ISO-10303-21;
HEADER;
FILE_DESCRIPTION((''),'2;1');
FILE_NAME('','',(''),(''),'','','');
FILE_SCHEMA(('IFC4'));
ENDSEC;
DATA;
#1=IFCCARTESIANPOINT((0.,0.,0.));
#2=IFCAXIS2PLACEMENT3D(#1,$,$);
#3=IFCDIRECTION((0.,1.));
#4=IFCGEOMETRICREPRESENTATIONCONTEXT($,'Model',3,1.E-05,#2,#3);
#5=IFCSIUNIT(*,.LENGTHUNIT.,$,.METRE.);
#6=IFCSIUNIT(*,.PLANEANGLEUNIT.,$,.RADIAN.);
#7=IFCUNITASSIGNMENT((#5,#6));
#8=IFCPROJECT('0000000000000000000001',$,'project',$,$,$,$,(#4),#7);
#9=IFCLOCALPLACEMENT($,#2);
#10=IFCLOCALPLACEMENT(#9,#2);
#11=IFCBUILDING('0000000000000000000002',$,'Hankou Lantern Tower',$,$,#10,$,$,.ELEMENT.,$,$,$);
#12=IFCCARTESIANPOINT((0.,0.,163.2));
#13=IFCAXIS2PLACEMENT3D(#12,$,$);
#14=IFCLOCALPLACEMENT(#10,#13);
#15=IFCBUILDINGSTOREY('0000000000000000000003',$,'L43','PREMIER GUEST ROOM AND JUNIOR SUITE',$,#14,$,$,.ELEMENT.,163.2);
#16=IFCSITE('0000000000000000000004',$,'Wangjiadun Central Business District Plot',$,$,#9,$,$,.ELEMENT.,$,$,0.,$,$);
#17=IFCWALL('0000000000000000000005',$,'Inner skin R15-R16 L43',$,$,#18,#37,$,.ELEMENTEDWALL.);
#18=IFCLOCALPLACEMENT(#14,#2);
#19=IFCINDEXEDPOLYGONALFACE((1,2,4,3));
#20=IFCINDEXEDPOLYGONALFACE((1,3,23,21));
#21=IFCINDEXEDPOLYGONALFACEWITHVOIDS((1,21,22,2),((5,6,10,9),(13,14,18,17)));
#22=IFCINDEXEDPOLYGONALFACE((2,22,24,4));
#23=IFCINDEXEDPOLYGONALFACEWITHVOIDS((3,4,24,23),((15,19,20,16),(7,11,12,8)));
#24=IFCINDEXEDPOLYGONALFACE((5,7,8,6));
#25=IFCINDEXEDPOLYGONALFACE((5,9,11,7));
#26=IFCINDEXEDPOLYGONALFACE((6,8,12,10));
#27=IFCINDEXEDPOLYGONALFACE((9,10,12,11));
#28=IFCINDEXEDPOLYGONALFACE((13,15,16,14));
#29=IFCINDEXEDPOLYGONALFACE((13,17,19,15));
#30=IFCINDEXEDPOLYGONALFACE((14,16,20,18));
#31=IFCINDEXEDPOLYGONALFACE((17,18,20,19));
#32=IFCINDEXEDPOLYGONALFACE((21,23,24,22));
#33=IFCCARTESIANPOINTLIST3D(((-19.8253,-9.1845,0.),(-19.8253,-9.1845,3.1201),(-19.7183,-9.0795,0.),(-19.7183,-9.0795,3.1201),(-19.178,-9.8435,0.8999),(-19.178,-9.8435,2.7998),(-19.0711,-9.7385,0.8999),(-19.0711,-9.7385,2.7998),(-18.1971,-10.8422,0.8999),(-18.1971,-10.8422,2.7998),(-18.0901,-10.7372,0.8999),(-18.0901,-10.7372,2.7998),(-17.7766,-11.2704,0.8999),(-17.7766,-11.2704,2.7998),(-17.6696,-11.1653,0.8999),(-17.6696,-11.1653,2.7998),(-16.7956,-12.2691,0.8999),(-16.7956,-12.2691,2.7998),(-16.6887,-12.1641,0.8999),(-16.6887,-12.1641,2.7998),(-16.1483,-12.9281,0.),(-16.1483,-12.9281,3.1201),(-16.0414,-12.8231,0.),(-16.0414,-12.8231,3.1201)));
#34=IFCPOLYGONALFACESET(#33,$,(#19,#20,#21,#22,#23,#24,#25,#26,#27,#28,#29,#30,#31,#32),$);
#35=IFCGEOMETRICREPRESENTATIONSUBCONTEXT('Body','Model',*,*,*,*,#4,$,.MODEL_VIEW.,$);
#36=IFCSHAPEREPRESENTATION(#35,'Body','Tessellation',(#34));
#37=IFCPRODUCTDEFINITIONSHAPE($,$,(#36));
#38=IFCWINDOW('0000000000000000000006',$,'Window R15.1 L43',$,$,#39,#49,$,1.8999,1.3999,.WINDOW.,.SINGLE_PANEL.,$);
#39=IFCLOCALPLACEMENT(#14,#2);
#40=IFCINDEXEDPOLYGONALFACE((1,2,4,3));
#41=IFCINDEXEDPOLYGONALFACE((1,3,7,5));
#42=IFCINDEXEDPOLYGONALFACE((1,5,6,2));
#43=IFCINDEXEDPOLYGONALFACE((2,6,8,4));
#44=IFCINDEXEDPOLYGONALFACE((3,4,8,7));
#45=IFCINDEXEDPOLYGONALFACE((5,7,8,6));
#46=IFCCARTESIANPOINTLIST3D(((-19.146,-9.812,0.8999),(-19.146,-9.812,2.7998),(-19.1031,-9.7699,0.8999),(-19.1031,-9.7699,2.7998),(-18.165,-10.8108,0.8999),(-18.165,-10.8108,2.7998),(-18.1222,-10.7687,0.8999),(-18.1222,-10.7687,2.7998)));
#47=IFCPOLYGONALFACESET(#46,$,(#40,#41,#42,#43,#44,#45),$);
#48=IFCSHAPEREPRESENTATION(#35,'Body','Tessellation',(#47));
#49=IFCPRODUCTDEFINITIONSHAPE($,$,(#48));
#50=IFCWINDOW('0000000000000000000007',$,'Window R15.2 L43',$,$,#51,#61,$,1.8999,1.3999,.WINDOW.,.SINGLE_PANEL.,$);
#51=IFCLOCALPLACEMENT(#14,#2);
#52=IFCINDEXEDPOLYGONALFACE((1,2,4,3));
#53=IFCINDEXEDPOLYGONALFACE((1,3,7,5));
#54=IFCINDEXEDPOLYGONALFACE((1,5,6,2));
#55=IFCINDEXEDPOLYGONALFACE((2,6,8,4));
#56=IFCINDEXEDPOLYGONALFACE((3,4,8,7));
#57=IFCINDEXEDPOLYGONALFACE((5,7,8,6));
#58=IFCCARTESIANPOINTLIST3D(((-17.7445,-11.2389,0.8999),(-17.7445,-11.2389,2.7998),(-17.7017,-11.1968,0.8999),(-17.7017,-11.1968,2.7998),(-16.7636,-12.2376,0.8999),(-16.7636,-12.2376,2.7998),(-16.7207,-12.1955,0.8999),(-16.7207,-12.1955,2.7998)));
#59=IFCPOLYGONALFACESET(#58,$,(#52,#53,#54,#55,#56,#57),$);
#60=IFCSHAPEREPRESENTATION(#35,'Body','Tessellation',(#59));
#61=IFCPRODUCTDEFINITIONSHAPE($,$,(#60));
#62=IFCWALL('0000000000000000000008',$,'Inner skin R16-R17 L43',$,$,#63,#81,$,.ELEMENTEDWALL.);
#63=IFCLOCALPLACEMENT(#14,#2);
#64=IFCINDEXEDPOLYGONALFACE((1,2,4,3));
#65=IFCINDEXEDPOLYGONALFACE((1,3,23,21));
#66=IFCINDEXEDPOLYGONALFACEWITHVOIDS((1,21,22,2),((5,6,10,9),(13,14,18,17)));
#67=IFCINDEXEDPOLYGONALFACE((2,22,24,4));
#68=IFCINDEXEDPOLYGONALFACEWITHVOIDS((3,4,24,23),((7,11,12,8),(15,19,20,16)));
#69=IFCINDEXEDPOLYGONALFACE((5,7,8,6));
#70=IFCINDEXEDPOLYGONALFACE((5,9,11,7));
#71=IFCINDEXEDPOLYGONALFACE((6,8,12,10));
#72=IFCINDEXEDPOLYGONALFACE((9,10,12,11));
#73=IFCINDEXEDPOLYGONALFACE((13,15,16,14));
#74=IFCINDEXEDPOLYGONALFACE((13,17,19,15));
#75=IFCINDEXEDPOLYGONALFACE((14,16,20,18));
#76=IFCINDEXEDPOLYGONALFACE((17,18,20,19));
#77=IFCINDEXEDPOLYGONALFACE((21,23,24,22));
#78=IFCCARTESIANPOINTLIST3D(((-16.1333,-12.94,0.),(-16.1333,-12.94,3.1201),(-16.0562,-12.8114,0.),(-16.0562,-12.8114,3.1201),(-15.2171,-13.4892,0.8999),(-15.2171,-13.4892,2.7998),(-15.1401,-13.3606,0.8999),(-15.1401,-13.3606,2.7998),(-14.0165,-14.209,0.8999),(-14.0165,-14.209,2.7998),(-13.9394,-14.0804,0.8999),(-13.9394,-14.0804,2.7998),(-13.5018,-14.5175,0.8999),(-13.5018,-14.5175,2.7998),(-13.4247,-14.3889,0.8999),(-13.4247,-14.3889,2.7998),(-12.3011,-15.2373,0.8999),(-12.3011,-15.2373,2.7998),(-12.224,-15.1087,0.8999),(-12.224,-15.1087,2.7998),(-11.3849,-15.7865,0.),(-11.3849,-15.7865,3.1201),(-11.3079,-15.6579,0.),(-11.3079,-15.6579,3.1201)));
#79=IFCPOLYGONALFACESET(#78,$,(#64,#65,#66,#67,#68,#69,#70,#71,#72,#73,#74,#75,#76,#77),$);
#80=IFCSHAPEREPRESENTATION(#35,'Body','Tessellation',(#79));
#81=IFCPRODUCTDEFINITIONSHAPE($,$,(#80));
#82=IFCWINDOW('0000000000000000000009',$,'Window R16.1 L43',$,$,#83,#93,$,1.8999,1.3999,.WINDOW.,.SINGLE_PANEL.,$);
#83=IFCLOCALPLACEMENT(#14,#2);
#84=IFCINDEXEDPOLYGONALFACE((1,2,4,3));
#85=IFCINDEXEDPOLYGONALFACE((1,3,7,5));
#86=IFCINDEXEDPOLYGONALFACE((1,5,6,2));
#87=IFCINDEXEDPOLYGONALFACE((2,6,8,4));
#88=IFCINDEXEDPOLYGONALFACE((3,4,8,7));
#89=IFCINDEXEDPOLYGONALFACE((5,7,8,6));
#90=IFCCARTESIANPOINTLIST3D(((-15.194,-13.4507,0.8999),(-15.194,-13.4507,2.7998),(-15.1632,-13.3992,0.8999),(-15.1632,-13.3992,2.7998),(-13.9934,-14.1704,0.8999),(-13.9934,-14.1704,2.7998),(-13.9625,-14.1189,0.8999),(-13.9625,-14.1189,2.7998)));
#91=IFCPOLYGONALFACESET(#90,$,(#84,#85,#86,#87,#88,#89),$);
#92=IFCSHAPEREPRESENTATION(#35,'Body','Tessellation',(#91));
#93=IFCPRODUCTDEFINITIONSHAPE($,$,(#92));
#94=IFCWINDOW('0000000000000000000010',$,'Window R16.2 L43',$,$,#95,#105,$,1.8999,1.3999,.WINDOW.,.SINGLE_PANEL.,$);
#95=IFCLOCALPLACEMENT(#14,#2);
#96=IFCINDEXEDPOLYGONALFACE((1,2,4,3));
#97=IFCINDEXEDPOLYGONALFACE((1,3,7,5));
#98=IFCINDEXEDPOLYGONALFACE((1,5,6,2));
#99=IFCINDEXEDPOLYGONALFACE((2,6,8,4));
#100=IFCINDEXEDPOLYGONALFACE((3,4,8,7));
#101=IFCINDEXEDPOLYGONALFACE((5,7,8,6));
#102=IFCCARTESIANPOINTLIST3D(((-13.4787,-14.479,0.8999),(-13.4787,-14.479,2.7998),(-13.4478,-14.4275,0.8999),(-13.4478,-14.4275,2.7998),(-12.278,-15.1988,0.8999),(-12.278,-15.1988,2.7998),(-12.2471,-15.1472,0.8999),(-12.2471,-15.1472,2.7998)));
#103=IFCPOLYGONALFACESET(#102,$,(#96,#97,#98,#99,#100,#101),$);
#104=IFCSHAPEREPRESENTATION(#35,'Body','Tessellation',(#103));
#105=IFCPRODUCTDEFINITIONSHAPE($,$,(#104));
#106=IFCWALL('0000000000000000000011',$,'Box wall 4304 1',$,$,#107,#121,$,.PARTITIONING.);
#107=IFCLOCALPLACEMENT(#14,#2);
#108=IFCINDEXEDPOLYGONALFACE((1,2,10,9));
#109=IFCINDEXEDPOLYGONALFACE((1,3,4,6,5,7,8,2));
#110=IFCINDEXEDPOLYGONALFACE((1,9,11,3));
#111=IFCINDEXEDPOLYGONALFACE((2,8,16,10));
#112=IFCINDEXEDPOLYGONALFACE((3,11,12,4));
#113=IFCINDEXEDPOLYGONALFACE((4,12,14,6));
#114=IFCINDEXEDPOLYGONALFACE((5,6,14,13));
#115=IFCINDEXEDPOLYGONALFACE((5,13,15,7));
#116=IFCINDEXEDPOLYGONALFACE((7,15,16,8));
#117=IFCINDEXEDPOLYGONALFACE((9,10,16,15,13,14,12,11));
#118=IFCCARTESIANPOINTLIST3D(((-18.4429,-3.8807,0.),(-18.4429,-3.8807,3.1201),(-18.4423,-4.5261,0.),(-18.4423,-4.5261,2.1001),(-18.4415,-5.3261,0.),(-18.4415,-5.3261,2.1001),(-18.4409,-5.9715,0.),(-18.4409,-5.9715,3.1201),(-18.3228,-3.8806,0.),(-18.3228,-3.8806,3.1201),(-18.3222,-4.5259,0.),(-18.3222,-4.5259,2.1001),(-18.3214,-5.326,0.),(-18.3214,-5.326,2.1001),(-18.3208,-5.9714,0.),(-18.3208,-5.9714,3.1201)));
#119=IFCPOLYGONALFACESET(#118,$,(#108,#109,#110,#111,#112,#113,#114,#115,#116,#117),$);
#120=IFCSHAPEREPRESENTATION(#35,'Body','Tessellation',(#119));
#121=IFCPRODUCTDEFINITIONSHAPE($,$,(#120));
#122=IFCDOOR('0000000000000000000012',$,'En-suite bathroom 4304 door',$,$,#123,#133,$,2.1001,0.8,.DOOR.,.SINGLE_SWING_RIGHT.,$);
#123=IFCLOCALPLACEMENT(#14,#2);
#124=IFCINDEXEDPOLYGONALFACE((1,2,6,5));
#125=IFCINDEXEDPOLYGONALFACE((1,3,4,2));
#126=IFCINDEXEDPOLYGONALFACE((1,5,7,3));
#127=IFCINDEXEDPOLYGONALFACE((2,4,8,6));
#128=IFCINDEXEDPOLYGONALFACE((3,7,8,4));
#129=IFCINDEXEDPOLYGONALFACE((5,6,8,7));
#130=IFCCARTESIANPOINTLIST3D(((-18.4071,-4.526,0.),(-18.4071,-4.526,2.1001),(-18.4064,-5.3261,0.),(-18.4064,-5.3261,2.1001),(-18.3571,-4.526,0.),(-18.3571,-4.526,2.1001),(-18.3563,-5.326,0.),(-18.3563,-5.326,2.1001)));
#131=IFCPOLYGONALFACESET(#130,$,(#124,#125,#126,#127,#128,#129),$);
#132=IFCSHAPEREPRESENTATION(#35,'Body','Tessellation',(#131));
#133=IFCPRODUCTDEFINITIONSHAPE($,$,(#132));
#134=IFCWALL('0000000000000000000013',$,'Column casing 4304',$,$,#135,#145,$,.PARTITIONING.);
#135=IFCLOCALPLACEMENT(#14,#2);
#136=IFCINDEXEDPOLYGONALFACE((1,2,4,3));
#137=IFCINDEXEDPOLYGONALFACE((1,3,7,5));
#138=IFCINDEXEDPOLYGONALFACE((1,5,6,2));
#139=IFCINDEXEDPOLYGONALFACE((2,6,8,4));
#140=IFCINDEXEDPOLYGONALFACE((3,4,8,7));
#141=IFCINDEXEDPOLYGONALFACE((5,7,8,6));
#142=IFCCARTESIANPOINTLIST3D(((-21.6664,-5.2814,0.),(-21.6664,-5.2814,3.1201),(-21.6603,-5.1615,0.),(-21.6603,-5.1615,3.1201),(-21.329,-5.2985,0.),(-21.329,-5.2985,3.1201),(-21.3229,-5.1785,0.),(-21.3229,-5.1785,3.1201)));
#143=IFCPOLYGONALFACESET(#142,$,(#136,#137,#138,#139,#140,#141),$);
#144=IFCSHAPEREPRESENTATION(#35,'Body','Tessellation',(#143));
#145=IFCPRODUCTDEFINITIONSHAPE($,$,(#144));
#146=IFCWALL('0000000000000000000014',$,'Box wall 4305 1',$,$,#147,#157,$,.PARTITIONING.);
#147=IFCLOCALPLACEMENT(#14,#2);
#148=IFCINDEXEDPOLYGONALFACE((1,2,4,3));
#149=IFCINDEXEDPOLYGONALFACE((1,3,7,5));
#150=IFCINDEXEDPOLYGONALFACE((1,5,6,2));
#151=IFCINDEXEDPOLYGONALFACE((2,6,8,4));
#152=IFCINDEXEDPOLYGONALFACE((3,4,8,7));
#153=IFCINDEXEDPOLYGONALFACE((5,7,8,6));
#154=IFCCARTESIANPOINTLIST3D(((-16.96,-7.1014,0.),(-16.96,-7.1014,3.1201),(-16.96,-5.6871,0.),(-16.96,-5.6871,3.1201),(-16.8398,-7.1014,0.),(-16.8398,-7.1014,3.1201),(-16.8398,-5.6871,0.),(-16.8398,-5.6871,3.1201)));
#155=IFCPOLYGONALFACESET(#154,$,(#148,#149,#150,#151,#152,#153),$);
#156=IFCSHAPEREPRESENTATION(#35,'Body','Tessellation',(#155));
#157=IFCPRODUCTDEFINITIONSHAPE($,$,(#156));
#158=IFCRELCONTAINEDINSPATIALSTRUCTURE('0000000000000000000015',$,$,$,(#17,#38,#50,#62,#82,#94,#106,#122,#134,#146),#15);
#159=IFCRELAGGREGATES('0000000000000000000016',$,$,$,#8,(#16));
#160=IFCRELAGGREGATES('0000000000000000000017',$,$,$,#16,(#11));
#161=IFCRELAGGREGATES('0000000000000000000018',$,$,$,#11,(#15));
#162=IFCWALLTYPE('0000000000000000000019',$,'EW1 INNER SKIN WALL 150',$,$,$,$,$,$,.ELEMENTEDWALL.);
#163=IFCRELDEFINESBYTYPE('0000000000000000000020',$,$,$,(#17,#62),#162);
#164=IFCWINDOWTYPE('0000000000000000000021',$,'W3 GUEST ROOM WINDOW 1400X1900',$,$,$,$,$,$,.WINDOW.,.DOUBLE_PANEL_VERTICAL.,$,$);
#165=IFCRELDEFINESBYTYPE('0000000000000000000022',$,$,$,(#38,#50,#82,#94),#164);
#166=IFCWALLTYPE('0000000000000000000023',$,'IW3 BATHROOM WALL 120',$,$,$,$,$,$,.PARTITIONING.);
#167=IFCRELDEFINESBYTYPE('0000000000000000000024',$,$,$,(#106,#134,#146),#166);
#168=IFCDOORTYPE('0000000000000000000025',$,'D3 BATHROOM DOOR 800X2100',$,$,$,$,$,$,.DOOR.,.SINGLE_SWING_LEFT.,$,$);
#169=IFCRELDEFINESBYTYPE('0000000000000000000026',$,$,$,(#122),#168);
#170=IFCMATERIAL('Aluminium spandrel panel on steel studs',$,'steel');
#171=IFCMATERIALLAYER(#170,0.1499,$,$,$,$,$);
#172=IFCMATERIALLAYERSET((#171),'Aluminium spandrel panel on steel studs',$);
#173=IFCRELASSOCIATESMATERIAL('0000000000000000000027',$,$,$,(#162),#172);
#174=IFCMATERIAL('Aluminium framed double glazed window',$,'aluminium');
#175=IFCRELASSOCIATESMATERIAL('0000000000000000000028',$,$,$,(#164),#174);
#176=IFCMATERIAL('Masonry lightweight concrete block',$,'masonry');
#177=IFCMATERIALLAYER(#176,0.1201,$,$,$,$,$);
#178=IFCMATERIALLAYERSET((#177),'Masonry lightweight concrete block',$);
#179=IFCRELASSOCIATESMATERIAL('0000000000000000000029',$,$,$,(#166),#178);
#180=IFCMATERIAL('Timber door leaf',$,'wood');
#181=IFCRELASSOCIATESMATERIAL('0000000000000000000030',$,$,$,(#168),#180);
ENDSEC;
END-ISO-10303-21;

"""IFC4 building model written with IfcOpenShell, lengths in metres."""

from ifc_helpers import new_model, si_unit, direction, frame, frame_2d, origin, place, context, subcontext, project, spatial, rectangle, extrude, material, layer, layer_set, type_object, element, fill, save


model = new_model("IFC4")

# Units and contexts
model_context = context("Model", 3, precision=1e-05, world=origin(), true_north=direction((0.0, 1.0)))
body_context = subcontext(model_context, "Body", "Model", "MODEL_VIEW")
ifc_project = project(units=[si_unit("LENGTHUNIT", "METRE"), si_unit("PLANEANGLEUNIT", "RADIAN")], contexts=[model_context])

# Site, building, storey
site_placement = place(None, origin())
site = spatial("IfcSite", under=ifc_project, at=site_placement, Name="Wangjiadun Central Business District Plot", CompositionType="ELEMENT", RefElevation=0.0)
building_placement = place(site_placement, origin())
building = spatial("IfcBuilding", under=site, at=building_placement, Name="Hankou Lantern Tower", CompositionType="ELEMENT")
storey_placement = place(building_placement, frame((0.0, 0.0, 163.2)))
storey = spatial("IfcBuildingStorey", under=building, at=storey_placement, Name="L43", Description="PREMIER GUEST ROOM AND JUNIOR SUITE", CompositionType="ELEMENT", Elevation=163.2)

# Walls, openings, windows
ifc_material_1 = material(Name="Aluminium spandrel panel on steel studs", Category="steel")
ifc_layer_1 = layer(ifc_material_1, 0.1499)
ifc_layer_set_1 = layer_set([ifc_layer_1], Name="Aluminium spandrel panel on steel studs")
wall_type_1 = type_object("IfcWallType", Name="EW1 INNER SKIN WALL 150", PredefinedType="ELEMENTEDWALL", material=ifc_layer_set_1)
wall_1_placement = place(storey_placement, frame((-19.7717, -9.1321, 0.0), z_axis=(0.0, 0.0, 1.0), x_axis=(0.700727, -0.713429, 0.0)))
wall_1 = element("IfcWall", 1, at=wall_1_placement, inside=storey, type_object=wall_type_1, Name="Inner skin R15-R16 L43", PredefinedType="ELEMENTEDWALL", context=body_context, shape_type="SweptSolid", body=[
    extrude(rectangle(XDim=5.2473, YDim=0.1499, at=frame_2d((2.6235, 0.0))), origin(), (0.0, 0.0, 1.0), 3.1201),
])
opening_1_placement = place(wall_1_placement, frame((0.9236, 0.0, 0.8999)))
opening_1 = element("IfcOpeningElement", 2, at=opening_1_placement, cuts=wall_1, PredefinedType="OPENING", context=body_context, shape_type="SweptSolid", body=[
    extrude(rectangle(XDim=1.3999, YDim=1.8999, at=frame_2d((0.7, 0.95))), frame((0.0, 0.085, 0.0), z_axis=(0.0, -1.0, 0.0), x_axis=(1.0, 0.0, 0.0)), (0.0, 0.0, 1.0), 0.1699),
])
opening_2_placement = place(wall_1_placement, frame((2.9236, 0.0, 0.8999)))
opening_2 = element("IfcOpeningElement", 3, at=opening_2_placement, cuts=wall_1, PredefinedType="OPENING", context=body_context, shape_type="SweptSolid", body=[
    extrude(rectangle(XDim=1.3999, YDim=1.8999, at=frame_2d((0.7, 0.95))), frame((0.0, 0.085, 0.0), z_axis=(0.0, -1.0, 0.0), x_axis=(1.0, 0.0, 0.0)), (0.0, 0.0, 1.0), 0.1699),
])
ifc_material_2 = material(Name="Aluminium framed double glazed window", Category="aluminium")
window_type = type_object("IfcWindowType", Name="W3 GUEST ROOM WINDOW 1400X1900", PartitioningType="DOUBLE_PANEL_VERTICAL", PredefinedType="WINDOW", material=ifc_material_2)
window_1_placement = place(opening_1_placement, origin())
window_1 = element("IfcWindow", 4, at=window_1_placement, inside=storey, type_object=window_type, Name="Window R15.1 L43", OverallHeight=1.8999, OverallWidth=1.3999, PartitioningType="SINGLE_PANEL", PredefinedType="WINDOW", context=body_context, shape_type="SweptSolid", body=[
    extrude(rectangle(XDim=1.3999, YDim=1.8999, at=frame_2d((0.7, 0.95))), frame((0.0, 0.03, 0.0), z_axis=(0.0, -1.0, 0.0), x_axis=(1.0, 0.0, 0.0)), (0.0, 0.0, 1.0), 0.0601),
])
fill(opening_1, window_1)
window_2_placement = place(opening_2_placement, origin())
window_2 = element("IfcWindow", 5, at=window_2_placement, inside=storey, type_object=window_type, Name="Window R15.2 L43", OverallHeight=1.8999, OverallWidth=1.3999, PartitioningType="SINGLE_PANEL", PredefinedType="WINDOW", context=body_context, shape_type="SweptSolid", body=[
    extrude(rectangle(XDim=1.3999, YDim=1.8999, at=frame_2d((0.7, 0.95))), frame((0.0, 0.03, 0.0), z_axis=(0.0, -1.0, 0.0), x_axis=(1.0, 0.0, 0.0)), (0.0, 0.0, 1.0), 0.0601),
])
fill(opening_2, window_2)
wall_2_placement = place(storey_placement, frame((-16.0947, -12.8757, 0.0), z_axis=(0.0, 0.0, 1.0), x_axis=(0.857695, -0.514158, 0.0)))
wall_2 = element("IfcWall", 6, at=wall_2_placement, inside=storey, type_object=wall_type_1, Name="Inner skin R16-R17 L43", PredefinedType="ELEMENTEDWALL", context=body_context, shape_type="SweptSolid", body=[
    extrude(rectangle(XDim=5.5361, YDim=0.1499, at=frame_2d((2.7681, 0.0))), origin(), (0.0, 0.0, 1.0), 3.1201),
])
opening_3_placement = place(wall_2_placement, frame((1.0681, 0.0, 0.8999)))
opening_3 = element("IfcOpeningElement", 7, at=opening_3_placement, cuts=wall_2, PredefinedType="OPENING", context=body_context, shape_type="SweptSolid", body=[
    extrude(rectangle(XDim=1.3999, YDim=1.8999, at=frame_2d((0.7, 0.95))), frame((0.0, 0.085, 0.0), z_axis=(0.0, -1.0, 0.0), x_axis=(1.0, 0.0, 0.0)), (0.0, 0.0, 1.0), 0.1699),
])
opening_4_placement = place(wall_2_placement, frame((3.0681, 0.0, 0.8999)))
opening_4 = element("IfcOpeningElement", 8, at=opening_4_placement, cuts=wall_2, PredefinedType="OPENING", context=body_context, shape_type="SweptSolid", body=[
    extrude(rectangle(XDim=1.3999, YDim=1.8999, at=frame_2d((0.7, 0.95))), frame((0.0, 0.085, 0.0), z_axis=(0.0, -1.0, 0.0), x_axis=(1.0, 0.0, 0.0)), (0.0, 0.0, 1.0), 0.1699),
])
window_3_placement = place(opening_3_placement, origin())
window_3 = element("IfcWindow", 9, at=window_3_placement, inside=storey, type_object=window_type, Name="Window R16.1 L43", OverallHeight=1.8999, OverallWidth=1.3999, PartitioningType="SINGLE_PANEL", PredefinedType="WINDOW", context=body_context, shape_type="SweptSolid", body=[
    extrude(rectangle(XDim=1.3999, YDim=1.8999, at=frame_2d((0.7, 0.95))), frame((0.0, 0.03, 0.0), z_axis=(0.0, -1.0, 0.0), x_axis=(1.0, 0.0, 0.0)), (0.0, 0.0, 1.0), 0.0601),
])
fill(opening_3, window_3)
window_4_placement = place(opening_4_placement, origin())
window_4 = element("IfcWindow", 10, at=window_4_placement, inside=storey, type_object=window_type, Name="Window R16.2 L43", OverallHeight=1.8999, OverallWidth=1.3999, PartitioningType="SINGLE_PANEL", PredefinedType="WINDOW", context=body_context, shape_type="SweptSolid", body=[
    extrude(rectangle(XDim=1.3999, YDim=1.8999, at=frame_2d((0.7, 0.95))), frame((0.0, 0.03, 0.0), z_axis=(0.0, -1.0, 0.0), x_axis=(1.0, 0.0, 0.0)), (0.0, 0.0, 1.0), 0.0601),
])
fill(opening_4, window_4)

# Wall, opening, door
ifc_material_3 = material(Name="Masonry lightweight concrete block", Category="masonry")
ifc_layer_2 = layer(ifc_material_3, 0.1201)
ifc_layer_set_2 = layer_set([ifc_layer_2], Name="Masonry lightweight concrete block")
wall_type_2 = type_object("IfcWallType", Name="IW3 BATHROOM WALL 120", PredefinedType="PARTITIONING", material=ifc_layer_set_2)
wall_3_placement = place(storey_placement, frame((-18.3809, -5.9714, 0.0), z_axis=(0.0, 0.0, 1.0), x_axis=(-0.000934, 1.0, 0.0)))
wall_3 = element("IfcWall", 11, at=wall_3_placement, inside=storey, type_object=wall_type_2, Name="Box wall 4304 1", PredefinedType="PARTITIONING", context=body_context, shape_type="SweptSolid", body=[
    extrude(rectangle(XDim=2.0908, YDim=0.1201, at=frame_2d((1.0454, 0.0))), origin(), (0.0, 0.0, 1.0), 3.1201),
])
opening_5_placement = place(wall_3_placement, frame((0.6455, 0.0, 0.0)))
opening_5 = element("IfcOpeningElement", 12, at=opening_5_placement, cuts=wall_3, PredefinedType="OPENING", context=body_context, shape_type="SweptSolid", body=[
    extrude(rectangle(XDim=0.8, YDim=2.1001, at=frame_2d((0.3999, 1.05))), frame((0.0, 0.0701, 0.0), z_axis=(0.0, -1.0, 0.0), x_axis=(1.0, 0.0, 0.0)), (0.0, 0.0, 1.0), 0.1401),
])
ifc_material_4 = material(Name="Timber door leaf", Category="wood")
door_type = type_object("IfcDoorType", Name="D3 BATHROOM DOOR 800X2100", OperationType="SINGLE_SWING_LEFT", PredefinedType="DOOR", material=ifc_material_4)
door_1_placement = place(opening_5_placement, origin())
door_1 = element("IfcDoor", 13, at=door_1_placement, inside=storey, type_object=door_type, Name="En-suite bathroom 4304 door", OperationType="SINGLE_SWING_RIGHT", OverallHeight=2.1001, OverallWidth=0.8, PredefinedType="DOOR", context=body_context, shape_type="SweptSolid", body=[
    extrude(rectangle(XDim=0.8, YDim=2.1001, at=frame_2d((0.3999, 1.05))), frame((0.0, 0.0249, 0.0), z_axis=(0.0, -1.0, 0.0), x_axis=(1.0, 0.0, 0.0)), (0.0, 0.0, 1.0), 0.05),
])
fill(opening_5, door_1)

# Walls
wall_4_placement = place(storey_placement, frame((-21.3259, -5.2385, 0.0), z_axis=(0.0, 0.0, 1.0), x_axis=(-0.99872, 0.050586, 0.0)))
element("IfcWall", 14, at=wall_4_placement, inside=storey, type_object=wall_type_2, Name="Column casing 4304", PredefinedType="PARTITIONING", context=body_context, shape_type="SweptSolid", body=[
    extrude(rectangle(XDim=0.3379, YDim=0.1201, at=frame_2d((0.1689, 0.0))), origin(), (0.0, 0.0, 1.0), 3.1201),
])
wall_5_placement = place(storey_placement, frame((-16.8999, -5.6873, 0.0), z_axis=(0.0, 0.0, 1.0), x_axis=(0.0, -1.0, 0.0)))
element("IfcWall", 15, at=wall_5_placement, inside=storey, type_object=wall_type_2, Name="Box wall 4305 1", PredefinedType="PARTITIONING", context=body_context, shape_type="SweptSolid", body=[
    extrude(rectangle(XDim=1.4143, YDim=0.1201, at=frame_2d((0.707, 0.0))), origin(), (0.0, 0.0, 1.0), 3.1201),
])

save(model, "model.ifc")
